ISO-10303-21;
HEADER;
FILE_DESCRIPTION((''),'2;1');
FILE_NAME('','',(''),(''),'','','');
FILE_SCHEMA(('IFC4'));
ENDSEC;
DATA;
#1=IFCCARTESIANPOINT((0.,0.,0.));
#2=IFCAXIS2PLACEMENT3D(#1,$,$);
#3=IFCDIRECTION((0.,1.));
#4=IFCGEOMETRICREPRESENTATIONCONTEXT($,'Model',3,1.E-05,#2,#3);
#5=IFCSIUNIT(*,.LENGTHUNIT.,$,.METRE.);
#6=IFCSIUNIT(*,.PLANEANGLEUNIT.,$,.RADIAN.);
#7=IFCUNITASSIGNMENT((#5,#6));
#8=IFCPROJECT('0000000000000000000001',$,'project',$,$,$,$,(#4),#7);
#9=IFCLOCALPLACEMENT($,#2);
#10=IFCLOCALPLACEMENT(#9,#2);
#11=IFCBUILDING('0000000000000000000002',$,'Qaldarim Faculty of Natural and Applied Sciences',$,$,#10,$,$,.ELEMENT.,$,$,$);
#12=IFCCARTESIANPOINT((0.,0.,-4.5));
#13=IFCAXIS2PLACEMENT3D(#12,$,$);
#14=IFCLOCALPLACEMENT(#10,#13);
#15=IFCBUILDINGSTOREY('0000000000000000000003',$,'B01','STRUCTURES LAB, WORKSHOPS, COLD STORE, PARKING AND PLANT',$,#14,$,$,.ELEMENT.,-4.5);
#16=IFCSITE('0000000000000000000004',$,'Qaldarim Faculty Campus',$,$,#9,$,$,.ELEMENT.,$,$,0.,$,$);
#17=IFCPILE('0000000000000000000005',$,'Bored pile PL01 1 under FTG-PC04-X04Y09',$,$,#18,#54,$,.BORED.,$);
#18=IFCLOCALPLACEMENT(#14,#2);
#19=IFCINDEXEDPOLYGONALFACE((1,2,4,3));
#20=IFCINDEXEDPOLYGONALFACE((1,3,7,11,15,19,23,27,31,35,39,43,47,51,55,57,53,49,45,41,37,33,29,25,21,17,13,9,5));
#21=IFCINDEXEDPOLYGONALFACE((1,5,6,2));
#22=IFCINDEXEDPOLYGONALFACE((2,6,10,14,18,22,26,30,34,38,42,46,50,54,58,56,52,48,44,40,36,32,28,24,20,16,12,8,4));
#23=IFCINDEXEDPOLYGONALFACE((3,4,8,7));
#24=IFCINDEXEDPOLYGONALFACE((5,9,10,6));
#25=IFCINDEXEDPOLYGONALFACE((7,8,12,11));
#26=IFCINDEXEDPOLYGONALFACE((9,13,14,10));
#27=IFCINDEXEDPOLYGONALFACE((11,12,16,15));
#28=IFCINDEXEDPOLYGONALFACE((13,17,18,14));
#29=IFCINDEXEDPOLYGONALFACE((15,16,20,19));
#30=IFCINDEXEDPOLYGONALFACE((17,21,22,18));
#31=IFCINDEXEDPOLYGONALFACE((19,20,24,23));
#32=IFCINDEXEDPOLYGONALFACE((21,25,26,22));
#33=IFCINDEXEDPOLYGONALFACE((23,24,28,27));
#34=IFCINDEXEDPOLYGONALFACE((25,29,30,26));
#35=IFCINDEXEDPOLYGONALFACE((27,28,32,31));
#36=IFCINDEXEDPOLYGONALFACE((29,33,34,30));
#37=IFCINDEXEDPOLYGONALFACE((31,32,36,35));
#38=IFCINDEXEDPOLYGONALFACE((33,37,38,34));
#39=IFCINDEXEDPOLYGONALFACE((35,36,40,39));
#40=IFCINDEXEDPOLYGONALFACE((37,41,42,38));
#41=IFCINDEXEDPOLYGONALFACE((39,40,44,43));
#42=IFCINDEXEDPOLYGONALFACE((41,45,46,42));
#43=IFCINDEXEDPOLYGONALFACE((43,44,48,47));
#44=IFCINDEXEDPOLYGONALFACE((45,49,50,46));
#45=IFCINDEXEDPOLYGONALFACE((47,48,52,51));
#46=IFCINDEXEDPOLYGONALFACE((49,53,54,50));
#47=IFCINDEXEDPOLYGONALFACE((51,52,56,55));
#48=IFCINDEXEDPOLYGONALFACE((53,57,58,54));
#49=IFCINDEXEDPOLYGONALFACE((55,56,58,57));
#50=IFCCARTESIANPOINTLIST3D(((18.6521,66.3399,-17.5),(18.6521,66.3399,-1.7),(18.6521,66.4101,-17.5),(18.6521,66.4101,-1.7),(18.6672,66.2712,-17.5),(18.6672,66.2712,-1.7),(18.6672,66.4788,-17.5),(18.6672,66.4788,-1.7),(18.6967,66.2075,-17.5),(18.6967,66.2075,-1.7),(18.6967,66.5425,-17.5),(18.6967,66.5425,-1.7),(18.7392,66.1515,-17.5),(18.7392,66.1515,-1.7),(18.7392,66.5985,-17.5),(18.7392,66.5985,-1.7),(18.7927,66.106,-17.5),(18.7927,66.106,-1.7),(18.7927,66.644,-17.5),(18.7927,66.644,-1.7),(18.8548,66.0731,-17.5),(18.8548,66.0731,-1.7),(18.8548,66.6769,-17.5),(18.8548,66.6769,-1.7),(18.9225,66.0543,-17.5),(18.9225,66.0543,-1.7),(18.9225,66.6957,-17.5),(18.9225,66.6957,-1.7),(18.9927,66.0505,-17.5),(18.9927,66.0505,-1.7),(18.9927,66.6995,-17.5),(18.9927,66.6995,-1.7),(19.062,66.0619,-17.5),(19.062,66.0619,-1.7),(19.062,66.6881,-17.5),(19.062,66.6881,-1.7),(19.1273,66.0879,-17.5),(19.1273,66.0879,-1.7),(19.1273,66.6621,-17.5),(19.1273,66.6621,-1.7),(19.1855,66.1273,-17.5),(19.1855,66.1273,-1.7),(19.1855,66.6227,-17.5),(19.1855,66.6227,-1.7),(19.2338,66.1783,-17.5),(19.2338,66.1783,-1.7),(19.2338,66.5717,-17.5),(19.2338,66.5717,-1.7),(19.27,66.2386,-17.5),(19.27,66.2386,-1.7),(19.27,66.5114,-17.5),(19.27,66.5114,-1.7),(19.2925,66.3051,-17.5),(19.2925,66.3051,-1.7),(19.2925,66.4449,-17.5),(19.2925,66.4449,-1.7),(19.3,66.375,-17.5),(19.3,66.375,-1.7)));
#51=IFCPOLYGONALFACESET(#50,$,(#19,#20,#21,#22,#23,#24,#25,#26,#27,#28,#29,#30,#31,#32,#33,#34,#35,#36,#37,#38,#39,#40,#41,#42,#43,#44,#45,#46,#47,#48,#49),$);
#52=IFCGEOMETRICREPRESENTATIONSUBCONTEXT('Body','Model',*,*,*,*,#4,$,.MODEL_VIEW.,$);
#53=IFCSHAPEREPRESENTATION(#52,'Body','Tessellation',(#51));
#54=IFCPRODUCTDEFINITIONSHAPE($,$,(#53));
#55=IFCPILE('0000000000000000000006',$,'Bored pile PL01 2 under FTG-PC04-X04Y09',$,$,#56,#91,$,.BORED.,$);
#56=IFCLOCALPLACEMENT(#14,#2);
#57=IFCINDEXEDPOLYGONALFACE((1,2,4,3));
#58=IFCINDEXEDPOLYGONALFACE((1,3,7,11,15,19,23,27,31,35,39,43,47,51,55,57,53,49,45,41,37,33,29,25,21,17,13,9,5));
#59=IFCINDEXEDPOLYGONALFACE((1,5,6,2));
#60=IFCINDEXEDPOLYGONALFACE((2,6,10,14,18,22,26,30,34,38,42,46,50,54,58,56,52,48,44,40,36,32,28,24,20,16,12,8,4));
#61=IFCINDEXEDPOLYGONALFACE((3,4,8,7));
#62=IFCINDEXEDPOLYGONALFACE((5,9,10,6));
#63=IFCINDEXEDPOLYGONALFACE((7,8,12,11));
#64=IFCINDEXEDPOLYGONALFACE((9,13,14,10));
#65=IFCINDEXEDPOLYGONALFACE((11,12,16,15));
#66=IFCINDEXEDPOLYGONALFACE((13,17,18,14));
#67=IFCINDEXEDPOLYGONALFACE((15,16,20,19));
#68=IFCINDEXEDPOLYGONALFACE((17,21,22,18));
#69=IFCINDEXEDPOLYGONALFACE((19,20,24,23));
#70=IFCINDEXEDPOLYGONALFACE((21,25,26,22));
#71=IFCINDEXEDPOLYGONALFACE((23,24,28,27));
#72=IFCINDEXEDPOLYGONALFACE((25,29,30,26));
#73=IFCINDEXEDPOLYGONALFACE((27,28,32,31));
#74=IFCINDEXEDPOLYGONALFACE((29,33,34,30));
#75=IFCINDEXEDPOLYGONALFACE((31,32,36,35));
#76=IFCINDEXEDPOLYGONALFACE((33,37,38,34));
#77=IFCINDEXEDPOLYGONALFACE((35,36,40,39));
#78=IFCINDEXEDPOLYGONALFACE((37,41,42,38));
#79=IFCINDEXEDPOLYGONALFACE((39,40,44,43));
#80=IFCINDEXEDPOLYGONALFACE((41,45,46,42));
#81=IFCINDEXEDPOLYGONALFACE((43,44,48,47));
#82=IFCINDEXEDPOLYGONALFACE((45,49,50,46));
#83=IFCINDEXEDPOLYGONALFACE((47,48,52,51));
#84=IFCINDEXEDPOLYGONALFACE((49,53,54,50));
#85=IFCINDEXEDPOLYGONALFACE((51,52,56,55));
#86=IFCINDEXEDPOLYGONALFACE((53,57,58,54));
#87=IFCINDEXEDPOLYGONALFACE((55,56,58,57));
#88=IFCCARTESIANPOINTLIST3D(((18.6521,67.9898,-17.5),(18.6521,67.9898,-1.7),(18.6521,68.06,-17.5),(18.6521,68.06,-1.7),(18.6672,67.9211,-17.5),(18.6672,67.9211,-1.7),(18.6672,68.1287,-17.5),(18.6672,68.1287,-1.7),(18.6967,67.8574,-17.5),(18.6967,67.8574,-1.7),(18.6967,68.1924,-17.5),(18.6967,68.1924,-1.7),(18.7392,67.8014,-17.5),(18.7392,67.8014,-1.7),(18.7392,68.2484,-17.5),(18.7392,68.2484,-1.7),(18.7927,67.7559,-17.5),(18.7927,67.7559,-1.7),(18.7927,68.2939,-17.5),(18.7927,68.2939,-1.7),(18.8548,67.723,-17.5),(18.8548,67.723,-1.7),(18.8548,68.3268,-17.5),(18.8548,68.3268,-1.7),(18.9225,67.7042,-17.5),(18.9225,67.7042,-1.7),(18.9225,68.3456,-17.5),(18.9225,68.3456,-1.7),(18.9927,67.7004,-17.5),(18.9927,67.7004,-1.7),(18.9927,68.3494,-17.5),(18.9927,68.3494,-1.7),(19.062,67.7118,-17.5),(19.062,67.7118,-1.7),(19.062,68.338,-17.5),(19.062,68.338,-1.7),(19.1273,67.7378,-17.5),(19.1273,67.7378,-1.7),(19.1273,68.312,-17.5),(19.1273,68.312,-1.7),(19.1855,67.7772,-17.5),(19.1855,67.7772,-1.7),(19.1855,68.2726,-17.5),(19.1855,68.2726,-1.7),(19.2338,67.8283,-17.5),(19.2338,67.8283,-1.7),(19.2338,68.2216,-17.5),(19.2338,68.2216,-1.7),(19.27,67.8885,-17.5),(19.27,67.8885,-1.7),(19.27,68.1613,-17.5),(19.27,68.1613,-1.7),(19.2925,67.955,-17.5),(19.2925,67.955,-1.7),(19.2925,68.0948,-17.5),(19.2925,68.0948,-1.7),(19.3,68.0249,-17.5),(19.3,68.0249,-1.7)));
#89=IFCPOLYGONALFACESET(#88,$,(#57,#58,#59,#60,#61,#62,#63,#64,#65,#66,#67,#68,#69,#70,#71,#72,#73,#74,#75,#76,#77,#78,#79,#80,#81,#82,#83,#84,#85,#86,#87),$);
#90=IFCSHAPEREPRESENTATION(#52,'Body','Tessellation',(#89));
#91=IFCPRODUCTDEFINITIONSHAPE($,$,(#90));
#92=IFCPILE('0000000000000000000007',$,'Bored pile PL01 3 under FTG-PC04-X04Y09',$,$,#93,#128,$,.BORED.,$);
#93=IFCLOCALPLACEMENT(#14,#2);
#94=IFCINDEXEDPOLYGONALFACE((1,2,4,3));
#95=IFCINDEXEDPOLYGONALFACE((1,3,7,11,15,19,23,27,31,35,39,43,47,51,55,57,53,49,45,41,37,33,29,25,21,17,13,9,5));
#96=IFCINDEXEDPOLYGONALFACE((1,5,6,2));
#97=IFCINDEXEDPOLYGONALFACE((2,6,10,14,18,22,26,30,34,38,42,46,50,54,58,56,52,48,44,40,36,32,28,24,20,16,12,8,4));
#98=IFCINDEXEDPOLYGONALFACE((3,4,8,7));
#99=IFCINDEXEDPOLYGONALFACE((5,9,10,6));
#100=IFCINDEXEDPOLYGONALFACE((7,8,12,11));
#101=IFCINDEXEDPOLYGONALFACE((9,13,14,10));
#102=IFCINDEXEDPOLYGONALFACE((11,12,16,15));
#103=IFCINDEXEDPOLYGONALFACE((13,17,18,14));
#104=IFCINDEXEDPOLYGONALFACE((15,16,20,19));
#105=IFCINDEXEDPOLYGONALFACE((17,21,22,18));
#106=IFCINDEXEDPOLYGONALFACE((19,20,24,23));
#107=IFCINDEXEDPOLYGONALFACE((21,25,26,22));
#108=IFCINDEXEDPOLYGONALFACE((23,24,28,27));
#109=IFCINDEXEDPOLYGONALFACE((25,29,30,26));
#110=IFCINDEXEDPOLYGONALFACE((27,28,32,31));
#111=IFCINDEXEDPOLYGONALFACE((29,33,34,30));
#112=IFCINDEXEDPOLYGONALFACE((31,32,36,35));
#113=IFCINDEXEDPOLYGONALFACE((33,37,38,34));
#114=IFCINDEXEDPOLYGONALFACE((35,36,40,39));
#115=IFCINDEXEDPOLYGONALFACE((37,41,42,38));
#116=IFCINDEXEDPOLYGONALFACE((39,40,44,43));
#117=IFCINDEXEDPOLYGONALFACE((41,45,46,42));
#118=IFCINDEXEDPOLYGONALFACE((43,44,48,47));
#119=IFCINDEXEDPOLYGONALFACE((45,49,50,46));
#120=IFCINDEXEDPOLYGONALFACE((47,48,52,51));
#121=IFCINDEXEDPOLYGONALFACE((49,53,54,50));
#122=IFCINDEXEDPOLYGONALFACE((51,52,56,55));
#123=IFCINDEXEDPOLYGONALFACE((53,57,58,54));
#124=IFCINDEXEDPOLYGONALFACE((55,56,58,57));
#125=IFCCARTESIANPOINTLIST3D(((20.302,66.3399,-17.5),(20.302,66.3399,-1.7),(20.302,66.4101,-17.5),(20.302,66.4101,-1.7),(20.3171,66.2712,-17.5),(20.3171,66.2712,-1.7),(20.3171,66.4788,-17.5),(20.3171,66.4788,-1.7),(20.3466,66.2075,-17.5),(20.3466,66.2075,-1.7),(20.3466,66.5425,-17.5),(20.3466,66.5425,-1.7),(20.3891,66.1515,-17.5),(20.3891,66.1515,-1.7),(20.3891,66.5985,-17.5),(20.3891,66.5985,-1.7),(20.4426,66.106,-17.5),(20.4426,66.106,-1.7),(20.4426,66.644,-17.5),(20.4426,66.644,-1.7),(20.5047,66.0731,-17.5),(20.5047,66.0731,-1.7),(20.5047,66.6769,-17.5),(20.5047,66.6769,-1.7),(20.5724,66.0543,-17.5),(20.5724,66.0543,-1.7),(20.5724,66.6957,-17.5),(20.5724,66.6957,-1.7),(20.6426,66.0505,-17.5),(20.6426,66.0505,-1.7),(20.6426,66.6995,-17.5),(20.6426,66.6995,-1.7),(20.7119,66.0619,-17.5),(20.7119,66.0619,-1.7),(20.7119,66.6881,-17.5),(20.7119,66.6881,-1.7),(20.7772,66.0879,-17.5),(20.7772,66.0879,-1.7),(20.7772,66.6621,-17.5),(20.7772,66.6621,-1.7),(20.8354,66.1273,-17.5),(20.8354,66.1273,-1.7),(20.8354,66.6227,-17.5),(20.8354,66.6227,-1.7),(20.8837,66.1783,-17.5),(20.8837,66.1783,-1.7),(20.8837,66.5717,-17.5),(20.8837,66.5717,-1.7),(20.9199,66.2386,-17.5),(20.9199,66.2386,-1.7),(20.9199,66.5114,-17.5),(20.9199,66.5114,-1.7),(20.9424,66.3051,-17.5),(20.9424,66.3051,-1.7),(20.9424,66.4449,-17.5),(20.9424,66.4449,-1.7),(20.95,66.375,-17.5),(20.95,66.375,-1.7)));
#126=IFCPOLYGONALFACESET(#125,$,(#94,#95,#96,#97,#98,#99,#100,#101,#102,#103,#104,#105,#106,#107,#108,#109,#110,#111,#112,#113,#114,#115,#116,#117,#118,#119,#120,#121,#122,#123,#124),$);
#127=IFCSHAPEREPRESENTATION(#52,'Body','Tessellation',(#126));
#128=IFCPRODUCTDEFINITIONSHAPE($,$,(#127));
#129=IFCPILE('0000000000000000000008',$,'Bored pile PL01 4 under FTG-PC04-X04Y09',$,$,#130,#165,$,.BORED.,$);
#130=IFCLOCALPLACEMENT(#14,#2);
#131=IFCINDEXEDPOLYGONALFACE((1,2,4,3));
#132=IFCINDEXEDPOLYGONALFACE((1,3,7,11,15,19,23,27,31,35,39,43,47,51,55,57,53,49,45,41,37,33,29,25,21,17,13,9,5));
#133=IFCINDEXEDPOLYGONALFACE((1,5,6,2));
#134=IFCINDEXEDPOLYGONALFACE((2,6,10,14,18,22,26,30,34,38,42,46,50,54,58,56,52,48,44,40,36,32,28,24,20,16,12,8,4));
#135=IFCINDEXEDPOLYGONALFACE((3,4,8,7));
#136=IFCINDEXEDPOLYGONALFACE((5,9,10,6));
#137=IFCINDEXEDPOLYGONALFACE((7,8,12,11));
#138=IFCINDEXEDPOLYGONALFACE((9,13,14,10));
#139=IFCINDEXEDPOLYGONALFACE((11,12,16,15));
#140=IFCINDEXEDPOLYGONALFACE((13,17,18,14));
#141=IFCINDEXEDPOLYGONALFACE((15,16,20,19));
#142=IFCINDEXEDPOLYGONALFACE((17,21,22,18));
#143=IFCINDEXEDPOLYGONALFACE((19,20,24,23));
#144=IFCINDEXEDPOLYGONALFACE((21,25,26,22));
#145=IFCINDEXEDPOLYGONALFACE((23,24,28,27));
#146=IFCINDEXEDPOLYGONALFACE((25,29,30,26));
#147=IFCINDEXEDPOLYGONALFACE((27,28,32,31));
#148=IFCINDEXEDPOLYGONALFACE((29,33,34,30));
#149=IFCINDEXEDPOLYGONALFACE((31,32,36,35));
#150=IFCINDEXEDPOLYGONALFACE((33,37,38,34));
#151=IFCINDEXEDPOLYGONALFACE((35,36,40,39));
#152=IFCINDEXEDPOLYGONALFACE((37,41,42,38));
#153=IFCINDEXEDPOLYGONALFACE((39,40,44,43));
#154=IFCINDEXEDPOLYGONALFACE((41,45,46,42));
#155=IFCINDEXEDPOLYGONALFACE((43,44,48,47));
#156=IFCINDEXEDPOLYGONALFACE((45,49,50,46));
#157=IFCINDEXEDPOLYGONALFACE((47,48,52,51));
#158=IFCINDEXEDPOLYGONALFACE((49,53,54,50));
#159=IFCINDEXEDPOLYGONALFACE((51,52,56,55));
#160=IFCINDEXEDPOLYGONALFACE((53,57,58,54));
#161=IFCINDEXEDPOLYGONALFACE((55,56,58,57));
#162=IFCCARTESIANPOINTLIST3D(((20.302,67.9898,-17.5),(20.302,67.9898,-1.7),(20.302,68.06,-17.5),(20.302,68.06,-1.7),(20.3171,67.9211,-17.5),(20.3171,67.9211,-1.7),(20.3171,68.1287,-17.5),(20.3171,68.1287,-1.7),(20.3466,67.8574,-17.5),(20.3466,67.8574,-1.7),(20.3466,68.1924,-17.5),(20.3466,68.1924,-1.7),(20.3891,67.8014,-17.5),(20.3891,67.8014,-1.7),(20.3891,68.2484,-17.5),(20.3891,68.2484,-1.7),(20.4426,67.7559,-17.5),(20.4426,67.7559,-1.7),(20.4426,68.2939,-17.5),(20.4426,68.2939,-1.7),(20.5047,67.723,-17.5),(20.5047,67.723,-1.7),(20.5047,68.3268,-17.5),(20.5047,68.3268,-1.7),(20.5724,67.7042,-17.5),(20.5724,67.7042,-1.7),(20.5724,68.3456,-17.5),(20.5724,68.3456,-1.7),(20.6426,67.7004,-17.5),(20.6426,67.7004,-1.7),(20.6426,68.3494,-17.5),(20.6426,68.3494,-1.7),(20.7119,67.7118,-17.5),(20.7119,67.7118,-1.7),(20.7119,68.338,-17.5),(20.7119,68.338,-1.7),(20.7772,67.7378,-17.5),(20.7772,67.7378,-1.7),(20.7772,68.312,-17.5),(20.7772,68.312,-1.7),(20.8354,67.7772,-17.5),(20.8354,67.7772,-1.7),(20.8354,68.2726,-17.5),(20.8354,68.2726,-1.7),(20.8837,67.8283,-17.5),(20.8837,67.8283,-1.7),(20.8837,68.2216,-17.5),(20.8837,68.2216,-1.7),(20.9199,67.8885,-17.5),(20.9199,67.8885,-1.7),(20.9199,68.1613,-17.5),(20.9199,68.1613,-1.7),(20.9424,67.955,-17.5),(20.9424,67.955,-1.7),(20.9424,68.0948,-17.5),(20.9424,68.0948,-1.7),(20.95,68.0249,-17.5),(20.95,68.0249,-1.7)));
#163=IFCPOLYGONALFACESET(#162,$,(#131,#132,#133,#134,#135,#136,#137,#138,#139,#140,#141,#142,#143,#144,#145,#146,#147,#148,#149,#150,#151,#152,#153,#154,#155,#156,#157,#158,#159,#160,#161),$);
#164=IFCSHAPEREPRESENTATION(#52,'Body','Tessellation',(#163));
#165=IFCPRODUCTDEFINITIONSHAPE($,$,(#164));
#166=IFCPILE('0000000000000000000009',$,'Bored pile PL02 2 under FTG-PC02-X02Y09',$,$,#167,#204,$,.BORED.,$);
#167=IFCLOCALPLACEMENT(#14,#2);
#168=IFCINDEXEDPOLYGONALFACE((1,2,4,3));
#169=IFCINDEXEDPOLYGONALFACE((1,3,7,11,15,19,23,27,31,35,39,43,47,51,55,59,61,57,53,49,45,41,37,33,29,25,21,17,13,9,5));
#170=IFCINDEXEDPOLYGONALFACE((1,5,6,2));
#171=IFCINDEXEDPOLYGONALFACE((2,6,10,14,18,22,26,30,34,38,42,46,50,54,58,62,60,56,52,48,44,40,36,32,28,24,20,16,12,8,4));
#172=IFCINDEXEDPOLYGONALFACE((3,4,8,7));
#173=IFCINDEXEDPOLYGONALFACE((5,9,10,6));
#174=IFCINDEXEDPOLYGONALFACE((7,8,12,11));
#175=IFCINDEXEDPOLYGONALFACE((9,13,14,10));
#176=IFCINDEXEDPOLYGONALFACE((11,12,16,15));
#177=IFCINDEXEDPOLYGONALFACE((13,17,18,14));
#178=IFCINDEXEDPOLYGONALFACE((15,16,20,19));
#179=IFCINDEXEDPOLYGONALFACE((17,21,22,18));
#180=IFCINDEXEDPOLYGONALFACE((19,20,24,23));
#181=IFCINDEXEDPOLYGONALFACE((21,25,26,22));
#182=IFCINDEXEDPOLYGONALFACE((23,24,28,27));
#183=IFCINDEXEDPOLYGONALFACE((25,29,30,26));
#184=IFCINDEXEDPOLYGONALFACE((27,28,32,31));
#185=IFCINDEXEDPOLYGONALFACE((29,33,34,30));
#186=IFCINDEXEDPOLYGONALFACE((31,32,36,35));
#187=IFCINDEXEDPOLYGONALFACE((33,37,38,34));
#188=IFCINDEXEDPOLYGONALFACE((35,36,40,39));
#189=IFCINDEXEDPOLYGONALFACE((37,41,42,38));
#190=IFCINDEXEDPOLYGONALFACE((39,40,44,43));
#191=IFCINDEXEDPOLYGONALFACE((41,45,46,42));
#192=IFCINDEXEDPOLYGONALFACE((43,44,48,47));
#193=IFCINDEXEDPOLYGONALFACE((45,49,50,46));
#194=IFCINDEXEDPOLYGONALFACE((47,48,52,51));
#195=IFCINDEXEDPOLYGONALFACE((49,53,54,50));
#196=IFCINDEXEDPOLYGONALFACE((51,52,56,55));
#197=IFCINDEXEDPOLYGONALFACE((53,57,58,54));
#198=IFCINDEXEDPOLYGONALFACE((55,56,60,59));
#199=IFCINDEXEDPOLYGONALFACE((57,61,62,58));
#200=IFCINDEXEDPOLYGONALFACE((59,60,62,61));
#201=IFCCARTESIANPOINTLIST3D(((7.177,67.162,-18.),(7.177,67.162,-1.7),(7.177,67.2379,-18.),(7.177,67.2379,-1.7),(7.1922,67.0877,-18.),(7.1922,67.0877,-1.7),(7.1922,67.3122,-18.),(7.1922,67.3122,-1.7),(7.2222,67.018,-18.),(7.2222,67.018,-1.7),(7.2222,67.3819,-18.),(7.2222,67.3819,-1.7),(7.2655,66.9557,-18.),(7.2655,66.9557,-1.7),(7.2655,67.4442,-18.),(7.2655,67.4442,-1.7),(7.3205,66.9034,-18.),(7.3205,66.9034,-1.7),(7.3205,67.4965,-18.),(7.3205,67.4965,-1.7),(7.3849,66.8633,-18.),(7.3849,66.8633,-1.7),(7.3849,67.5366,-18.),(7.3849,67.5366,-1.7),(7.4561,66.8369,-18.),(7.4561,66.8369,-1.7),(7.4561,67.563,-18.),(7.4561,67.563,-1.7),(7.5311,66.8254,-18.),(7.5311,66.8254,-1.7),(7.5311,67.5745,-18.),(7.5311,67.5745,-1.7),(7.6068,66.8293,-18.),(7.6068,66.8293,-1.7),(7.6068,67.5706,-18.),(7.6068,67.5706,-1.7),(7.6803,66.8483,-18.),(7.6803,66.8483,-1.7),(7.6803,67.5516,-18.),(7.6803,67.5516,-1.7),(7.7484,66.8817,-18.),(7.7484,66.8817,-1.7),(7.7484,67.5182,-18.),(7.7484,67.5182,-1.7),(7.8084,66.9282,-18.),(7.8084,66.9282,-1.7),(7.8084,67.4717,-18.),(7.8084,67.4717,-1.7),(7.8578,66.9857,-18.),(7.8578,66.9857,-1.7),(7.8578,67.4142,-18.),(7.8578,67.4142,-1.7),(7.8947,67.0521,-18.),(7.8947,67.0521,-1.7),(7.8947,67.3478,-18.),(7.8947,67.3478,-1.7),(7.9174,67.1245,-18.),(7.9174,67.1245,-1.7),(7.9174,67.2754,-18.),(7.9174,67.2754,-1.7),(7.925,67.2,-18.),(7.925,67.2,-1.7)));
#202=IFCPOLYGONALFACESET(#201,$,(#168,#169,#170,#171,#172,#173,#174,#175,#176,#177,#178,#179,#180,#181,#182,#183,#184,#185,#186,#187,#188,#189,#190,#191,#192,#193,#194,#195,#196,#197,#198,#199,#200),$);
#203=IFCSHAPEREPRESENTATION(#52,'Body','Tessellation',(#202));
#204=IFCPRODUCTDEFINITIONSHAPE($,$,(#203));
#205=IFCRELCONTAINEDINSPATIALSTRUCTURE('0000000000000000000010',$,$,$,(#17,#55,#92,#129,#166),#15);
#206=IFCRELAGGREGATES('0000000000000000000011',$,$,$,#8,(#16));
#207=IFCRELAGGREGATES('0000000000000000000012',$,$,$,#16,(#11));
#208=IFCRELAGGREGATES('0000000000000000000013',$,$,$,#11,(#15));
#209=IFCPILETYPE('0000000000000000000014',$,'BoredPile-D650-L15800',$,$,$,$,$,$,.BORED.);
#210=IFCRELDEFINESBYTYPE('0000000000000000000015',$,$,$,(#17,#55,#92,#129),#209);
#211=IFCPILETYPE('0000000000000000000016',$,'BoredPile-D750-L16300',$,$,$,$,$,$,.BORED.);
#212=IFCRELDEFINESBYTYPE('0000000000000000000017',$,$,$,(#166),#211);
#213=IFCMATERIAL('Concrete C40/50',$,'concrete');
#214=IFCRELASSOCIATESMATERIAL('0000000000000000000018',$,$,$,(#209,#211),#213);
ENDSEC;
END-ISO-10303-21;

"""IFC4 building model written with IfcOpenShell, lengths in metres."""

from ifc_helpers import new_model, si_unit, direction, frame, origin, origin_2d, place, context, subcontext, project, spatial, circle, extrude, material, material_profile, profile_set, type_object, element, save


model = new_model("IFC4")

# Units and contexts
model_context = context("Model", 3, precision=1e-05, world=origin(), true_north=direction((0.0, 1.0)))
body_context = subcontext(model_context, "Body", "Model", "MODEL_VIEW")
ifc_project = project(units=[si_unit("LENGTHUNIT", "METRE"), si_unit("PLANEANGLEUNIT", "RADIAN")], contexts=[model_context])

# Site, building, storey
site_placement = place(None, origin())
site = spatial("IfcSite", under=ifc_project, at=site_placement, Name="Qaldarim Faculty Campus", CompositionType="ELEMENT", RefElevation=0.0)
building_placement = place(site_placement, origin())
building = spatial("IfcBuilding", under=site, at=building_placement, Name="Qaldarim Faculty of Natural and Applied Sciences", CompositionType="ELEMENT")
storey_placement = place(building_placement, frame((0.0, 0.0, -4.5)))
storey = spatial("IfcBuildingStorey", under=building, at=storey_placement, Name="B01", Description="STRUCTURES LAB, WORKSHOPS, COLD STORE, PARKING AND PLANT", CompositionType="ELEMENT", Elevation=-4.5)

# Piles
ifc_material_1 = material(Name="Concrete C40/50", Category="concrete")
ifc_material_profile_1 = material_profile(ifc_material_1, circle(Radius=0.325, at=origin_2d()), Name="PILE-D650")
ifc_profile_set_1 = profile_set([ifc_material_profile_1], Name="Concrete C40/50")
pile_type_1 = type_object("IfcPileType", Name="BoredPile-D650-L15800", PredefinedType="BORED", material=ifc_profile_set_1)
for number, where, z_axis, x_axis, name in (
    (1, (18.9751, 66.375, -1.7), (0.0, 0.0, -1.0), (1.0, 0.0, 0.0), "Bored pile PL01 1 under FTG-PC04-X04Y09"),
    (2, (18.9751, 68.0249, -1.7), (0.0, 0.0, -1.0), (1.0, 0.0, 0.0), "Bored pile PL01 2 under FTG-PC04-X04Y09"),
    (3, (20.625, 66.375, -1.7), (0.0, 0.0, -1.0), (1.0, 0.0, 0.0), "Bored pile PL01 3 under FTG-PC04-X04Y09"),
    (4, (20.625, 68.0249, -1.7), (0.0, 0.0, -1.0), (1.0, 0.0, 0.0), "Bored pile PL01 4 under FTG-PC04-X04Y09"),
):
    element("IfcPile", number, at=place(storey_placement, frame(where, z_axis=z_axis, x_axis=x_axis)), inside=storey, type_object=pile_type_1, Name=name, PredefinedType="BORED", context=body_context, shape_type="SweptSolid", body=[
        extrude(circle(Radius=0.325, at=origin_2d()), origin(), (0.0, 0.0, 1.0), 15.8),
    ])
ifc_material_profile_2 = material_profile(ifc_material_1, circle(Radius=0.375, at=origin_2d()), Name="PILE-D750")
ifc_profile_set_2 = profile_set([ifc_material_profile_2], Name="Concrete C40/50")
pile_type_2 = type_object("IfcPileType", Name="BoredPile-D750-L16300", PredefinedType="BORED", material=ifc_profile_set_2)
for number, where, z_axis, x_axis, name in (
    (5, (7.55, 67.2, -1.7), (0.0, 0.0, -1.0), (1.0, 0.0, 0.0), "Bored pile PL02 2 under FTG-PC02-X02Y09"),
):
    element("IfcPile", number, at=place(storey_placement, frame(where, z_axis=z_axis, x_axis=x_axis)), inside=storey, type_object=pile_type_2, Name=name, PredefinedType="BORED", context=body_context, shape_type="SweptSolid", body=[
        extrude(circle(Radius=0.375, at=origin_2d()), origin(), (0.0, 0.0, 1.0), 16.3),
    ])

save(model, "model.ifc")
